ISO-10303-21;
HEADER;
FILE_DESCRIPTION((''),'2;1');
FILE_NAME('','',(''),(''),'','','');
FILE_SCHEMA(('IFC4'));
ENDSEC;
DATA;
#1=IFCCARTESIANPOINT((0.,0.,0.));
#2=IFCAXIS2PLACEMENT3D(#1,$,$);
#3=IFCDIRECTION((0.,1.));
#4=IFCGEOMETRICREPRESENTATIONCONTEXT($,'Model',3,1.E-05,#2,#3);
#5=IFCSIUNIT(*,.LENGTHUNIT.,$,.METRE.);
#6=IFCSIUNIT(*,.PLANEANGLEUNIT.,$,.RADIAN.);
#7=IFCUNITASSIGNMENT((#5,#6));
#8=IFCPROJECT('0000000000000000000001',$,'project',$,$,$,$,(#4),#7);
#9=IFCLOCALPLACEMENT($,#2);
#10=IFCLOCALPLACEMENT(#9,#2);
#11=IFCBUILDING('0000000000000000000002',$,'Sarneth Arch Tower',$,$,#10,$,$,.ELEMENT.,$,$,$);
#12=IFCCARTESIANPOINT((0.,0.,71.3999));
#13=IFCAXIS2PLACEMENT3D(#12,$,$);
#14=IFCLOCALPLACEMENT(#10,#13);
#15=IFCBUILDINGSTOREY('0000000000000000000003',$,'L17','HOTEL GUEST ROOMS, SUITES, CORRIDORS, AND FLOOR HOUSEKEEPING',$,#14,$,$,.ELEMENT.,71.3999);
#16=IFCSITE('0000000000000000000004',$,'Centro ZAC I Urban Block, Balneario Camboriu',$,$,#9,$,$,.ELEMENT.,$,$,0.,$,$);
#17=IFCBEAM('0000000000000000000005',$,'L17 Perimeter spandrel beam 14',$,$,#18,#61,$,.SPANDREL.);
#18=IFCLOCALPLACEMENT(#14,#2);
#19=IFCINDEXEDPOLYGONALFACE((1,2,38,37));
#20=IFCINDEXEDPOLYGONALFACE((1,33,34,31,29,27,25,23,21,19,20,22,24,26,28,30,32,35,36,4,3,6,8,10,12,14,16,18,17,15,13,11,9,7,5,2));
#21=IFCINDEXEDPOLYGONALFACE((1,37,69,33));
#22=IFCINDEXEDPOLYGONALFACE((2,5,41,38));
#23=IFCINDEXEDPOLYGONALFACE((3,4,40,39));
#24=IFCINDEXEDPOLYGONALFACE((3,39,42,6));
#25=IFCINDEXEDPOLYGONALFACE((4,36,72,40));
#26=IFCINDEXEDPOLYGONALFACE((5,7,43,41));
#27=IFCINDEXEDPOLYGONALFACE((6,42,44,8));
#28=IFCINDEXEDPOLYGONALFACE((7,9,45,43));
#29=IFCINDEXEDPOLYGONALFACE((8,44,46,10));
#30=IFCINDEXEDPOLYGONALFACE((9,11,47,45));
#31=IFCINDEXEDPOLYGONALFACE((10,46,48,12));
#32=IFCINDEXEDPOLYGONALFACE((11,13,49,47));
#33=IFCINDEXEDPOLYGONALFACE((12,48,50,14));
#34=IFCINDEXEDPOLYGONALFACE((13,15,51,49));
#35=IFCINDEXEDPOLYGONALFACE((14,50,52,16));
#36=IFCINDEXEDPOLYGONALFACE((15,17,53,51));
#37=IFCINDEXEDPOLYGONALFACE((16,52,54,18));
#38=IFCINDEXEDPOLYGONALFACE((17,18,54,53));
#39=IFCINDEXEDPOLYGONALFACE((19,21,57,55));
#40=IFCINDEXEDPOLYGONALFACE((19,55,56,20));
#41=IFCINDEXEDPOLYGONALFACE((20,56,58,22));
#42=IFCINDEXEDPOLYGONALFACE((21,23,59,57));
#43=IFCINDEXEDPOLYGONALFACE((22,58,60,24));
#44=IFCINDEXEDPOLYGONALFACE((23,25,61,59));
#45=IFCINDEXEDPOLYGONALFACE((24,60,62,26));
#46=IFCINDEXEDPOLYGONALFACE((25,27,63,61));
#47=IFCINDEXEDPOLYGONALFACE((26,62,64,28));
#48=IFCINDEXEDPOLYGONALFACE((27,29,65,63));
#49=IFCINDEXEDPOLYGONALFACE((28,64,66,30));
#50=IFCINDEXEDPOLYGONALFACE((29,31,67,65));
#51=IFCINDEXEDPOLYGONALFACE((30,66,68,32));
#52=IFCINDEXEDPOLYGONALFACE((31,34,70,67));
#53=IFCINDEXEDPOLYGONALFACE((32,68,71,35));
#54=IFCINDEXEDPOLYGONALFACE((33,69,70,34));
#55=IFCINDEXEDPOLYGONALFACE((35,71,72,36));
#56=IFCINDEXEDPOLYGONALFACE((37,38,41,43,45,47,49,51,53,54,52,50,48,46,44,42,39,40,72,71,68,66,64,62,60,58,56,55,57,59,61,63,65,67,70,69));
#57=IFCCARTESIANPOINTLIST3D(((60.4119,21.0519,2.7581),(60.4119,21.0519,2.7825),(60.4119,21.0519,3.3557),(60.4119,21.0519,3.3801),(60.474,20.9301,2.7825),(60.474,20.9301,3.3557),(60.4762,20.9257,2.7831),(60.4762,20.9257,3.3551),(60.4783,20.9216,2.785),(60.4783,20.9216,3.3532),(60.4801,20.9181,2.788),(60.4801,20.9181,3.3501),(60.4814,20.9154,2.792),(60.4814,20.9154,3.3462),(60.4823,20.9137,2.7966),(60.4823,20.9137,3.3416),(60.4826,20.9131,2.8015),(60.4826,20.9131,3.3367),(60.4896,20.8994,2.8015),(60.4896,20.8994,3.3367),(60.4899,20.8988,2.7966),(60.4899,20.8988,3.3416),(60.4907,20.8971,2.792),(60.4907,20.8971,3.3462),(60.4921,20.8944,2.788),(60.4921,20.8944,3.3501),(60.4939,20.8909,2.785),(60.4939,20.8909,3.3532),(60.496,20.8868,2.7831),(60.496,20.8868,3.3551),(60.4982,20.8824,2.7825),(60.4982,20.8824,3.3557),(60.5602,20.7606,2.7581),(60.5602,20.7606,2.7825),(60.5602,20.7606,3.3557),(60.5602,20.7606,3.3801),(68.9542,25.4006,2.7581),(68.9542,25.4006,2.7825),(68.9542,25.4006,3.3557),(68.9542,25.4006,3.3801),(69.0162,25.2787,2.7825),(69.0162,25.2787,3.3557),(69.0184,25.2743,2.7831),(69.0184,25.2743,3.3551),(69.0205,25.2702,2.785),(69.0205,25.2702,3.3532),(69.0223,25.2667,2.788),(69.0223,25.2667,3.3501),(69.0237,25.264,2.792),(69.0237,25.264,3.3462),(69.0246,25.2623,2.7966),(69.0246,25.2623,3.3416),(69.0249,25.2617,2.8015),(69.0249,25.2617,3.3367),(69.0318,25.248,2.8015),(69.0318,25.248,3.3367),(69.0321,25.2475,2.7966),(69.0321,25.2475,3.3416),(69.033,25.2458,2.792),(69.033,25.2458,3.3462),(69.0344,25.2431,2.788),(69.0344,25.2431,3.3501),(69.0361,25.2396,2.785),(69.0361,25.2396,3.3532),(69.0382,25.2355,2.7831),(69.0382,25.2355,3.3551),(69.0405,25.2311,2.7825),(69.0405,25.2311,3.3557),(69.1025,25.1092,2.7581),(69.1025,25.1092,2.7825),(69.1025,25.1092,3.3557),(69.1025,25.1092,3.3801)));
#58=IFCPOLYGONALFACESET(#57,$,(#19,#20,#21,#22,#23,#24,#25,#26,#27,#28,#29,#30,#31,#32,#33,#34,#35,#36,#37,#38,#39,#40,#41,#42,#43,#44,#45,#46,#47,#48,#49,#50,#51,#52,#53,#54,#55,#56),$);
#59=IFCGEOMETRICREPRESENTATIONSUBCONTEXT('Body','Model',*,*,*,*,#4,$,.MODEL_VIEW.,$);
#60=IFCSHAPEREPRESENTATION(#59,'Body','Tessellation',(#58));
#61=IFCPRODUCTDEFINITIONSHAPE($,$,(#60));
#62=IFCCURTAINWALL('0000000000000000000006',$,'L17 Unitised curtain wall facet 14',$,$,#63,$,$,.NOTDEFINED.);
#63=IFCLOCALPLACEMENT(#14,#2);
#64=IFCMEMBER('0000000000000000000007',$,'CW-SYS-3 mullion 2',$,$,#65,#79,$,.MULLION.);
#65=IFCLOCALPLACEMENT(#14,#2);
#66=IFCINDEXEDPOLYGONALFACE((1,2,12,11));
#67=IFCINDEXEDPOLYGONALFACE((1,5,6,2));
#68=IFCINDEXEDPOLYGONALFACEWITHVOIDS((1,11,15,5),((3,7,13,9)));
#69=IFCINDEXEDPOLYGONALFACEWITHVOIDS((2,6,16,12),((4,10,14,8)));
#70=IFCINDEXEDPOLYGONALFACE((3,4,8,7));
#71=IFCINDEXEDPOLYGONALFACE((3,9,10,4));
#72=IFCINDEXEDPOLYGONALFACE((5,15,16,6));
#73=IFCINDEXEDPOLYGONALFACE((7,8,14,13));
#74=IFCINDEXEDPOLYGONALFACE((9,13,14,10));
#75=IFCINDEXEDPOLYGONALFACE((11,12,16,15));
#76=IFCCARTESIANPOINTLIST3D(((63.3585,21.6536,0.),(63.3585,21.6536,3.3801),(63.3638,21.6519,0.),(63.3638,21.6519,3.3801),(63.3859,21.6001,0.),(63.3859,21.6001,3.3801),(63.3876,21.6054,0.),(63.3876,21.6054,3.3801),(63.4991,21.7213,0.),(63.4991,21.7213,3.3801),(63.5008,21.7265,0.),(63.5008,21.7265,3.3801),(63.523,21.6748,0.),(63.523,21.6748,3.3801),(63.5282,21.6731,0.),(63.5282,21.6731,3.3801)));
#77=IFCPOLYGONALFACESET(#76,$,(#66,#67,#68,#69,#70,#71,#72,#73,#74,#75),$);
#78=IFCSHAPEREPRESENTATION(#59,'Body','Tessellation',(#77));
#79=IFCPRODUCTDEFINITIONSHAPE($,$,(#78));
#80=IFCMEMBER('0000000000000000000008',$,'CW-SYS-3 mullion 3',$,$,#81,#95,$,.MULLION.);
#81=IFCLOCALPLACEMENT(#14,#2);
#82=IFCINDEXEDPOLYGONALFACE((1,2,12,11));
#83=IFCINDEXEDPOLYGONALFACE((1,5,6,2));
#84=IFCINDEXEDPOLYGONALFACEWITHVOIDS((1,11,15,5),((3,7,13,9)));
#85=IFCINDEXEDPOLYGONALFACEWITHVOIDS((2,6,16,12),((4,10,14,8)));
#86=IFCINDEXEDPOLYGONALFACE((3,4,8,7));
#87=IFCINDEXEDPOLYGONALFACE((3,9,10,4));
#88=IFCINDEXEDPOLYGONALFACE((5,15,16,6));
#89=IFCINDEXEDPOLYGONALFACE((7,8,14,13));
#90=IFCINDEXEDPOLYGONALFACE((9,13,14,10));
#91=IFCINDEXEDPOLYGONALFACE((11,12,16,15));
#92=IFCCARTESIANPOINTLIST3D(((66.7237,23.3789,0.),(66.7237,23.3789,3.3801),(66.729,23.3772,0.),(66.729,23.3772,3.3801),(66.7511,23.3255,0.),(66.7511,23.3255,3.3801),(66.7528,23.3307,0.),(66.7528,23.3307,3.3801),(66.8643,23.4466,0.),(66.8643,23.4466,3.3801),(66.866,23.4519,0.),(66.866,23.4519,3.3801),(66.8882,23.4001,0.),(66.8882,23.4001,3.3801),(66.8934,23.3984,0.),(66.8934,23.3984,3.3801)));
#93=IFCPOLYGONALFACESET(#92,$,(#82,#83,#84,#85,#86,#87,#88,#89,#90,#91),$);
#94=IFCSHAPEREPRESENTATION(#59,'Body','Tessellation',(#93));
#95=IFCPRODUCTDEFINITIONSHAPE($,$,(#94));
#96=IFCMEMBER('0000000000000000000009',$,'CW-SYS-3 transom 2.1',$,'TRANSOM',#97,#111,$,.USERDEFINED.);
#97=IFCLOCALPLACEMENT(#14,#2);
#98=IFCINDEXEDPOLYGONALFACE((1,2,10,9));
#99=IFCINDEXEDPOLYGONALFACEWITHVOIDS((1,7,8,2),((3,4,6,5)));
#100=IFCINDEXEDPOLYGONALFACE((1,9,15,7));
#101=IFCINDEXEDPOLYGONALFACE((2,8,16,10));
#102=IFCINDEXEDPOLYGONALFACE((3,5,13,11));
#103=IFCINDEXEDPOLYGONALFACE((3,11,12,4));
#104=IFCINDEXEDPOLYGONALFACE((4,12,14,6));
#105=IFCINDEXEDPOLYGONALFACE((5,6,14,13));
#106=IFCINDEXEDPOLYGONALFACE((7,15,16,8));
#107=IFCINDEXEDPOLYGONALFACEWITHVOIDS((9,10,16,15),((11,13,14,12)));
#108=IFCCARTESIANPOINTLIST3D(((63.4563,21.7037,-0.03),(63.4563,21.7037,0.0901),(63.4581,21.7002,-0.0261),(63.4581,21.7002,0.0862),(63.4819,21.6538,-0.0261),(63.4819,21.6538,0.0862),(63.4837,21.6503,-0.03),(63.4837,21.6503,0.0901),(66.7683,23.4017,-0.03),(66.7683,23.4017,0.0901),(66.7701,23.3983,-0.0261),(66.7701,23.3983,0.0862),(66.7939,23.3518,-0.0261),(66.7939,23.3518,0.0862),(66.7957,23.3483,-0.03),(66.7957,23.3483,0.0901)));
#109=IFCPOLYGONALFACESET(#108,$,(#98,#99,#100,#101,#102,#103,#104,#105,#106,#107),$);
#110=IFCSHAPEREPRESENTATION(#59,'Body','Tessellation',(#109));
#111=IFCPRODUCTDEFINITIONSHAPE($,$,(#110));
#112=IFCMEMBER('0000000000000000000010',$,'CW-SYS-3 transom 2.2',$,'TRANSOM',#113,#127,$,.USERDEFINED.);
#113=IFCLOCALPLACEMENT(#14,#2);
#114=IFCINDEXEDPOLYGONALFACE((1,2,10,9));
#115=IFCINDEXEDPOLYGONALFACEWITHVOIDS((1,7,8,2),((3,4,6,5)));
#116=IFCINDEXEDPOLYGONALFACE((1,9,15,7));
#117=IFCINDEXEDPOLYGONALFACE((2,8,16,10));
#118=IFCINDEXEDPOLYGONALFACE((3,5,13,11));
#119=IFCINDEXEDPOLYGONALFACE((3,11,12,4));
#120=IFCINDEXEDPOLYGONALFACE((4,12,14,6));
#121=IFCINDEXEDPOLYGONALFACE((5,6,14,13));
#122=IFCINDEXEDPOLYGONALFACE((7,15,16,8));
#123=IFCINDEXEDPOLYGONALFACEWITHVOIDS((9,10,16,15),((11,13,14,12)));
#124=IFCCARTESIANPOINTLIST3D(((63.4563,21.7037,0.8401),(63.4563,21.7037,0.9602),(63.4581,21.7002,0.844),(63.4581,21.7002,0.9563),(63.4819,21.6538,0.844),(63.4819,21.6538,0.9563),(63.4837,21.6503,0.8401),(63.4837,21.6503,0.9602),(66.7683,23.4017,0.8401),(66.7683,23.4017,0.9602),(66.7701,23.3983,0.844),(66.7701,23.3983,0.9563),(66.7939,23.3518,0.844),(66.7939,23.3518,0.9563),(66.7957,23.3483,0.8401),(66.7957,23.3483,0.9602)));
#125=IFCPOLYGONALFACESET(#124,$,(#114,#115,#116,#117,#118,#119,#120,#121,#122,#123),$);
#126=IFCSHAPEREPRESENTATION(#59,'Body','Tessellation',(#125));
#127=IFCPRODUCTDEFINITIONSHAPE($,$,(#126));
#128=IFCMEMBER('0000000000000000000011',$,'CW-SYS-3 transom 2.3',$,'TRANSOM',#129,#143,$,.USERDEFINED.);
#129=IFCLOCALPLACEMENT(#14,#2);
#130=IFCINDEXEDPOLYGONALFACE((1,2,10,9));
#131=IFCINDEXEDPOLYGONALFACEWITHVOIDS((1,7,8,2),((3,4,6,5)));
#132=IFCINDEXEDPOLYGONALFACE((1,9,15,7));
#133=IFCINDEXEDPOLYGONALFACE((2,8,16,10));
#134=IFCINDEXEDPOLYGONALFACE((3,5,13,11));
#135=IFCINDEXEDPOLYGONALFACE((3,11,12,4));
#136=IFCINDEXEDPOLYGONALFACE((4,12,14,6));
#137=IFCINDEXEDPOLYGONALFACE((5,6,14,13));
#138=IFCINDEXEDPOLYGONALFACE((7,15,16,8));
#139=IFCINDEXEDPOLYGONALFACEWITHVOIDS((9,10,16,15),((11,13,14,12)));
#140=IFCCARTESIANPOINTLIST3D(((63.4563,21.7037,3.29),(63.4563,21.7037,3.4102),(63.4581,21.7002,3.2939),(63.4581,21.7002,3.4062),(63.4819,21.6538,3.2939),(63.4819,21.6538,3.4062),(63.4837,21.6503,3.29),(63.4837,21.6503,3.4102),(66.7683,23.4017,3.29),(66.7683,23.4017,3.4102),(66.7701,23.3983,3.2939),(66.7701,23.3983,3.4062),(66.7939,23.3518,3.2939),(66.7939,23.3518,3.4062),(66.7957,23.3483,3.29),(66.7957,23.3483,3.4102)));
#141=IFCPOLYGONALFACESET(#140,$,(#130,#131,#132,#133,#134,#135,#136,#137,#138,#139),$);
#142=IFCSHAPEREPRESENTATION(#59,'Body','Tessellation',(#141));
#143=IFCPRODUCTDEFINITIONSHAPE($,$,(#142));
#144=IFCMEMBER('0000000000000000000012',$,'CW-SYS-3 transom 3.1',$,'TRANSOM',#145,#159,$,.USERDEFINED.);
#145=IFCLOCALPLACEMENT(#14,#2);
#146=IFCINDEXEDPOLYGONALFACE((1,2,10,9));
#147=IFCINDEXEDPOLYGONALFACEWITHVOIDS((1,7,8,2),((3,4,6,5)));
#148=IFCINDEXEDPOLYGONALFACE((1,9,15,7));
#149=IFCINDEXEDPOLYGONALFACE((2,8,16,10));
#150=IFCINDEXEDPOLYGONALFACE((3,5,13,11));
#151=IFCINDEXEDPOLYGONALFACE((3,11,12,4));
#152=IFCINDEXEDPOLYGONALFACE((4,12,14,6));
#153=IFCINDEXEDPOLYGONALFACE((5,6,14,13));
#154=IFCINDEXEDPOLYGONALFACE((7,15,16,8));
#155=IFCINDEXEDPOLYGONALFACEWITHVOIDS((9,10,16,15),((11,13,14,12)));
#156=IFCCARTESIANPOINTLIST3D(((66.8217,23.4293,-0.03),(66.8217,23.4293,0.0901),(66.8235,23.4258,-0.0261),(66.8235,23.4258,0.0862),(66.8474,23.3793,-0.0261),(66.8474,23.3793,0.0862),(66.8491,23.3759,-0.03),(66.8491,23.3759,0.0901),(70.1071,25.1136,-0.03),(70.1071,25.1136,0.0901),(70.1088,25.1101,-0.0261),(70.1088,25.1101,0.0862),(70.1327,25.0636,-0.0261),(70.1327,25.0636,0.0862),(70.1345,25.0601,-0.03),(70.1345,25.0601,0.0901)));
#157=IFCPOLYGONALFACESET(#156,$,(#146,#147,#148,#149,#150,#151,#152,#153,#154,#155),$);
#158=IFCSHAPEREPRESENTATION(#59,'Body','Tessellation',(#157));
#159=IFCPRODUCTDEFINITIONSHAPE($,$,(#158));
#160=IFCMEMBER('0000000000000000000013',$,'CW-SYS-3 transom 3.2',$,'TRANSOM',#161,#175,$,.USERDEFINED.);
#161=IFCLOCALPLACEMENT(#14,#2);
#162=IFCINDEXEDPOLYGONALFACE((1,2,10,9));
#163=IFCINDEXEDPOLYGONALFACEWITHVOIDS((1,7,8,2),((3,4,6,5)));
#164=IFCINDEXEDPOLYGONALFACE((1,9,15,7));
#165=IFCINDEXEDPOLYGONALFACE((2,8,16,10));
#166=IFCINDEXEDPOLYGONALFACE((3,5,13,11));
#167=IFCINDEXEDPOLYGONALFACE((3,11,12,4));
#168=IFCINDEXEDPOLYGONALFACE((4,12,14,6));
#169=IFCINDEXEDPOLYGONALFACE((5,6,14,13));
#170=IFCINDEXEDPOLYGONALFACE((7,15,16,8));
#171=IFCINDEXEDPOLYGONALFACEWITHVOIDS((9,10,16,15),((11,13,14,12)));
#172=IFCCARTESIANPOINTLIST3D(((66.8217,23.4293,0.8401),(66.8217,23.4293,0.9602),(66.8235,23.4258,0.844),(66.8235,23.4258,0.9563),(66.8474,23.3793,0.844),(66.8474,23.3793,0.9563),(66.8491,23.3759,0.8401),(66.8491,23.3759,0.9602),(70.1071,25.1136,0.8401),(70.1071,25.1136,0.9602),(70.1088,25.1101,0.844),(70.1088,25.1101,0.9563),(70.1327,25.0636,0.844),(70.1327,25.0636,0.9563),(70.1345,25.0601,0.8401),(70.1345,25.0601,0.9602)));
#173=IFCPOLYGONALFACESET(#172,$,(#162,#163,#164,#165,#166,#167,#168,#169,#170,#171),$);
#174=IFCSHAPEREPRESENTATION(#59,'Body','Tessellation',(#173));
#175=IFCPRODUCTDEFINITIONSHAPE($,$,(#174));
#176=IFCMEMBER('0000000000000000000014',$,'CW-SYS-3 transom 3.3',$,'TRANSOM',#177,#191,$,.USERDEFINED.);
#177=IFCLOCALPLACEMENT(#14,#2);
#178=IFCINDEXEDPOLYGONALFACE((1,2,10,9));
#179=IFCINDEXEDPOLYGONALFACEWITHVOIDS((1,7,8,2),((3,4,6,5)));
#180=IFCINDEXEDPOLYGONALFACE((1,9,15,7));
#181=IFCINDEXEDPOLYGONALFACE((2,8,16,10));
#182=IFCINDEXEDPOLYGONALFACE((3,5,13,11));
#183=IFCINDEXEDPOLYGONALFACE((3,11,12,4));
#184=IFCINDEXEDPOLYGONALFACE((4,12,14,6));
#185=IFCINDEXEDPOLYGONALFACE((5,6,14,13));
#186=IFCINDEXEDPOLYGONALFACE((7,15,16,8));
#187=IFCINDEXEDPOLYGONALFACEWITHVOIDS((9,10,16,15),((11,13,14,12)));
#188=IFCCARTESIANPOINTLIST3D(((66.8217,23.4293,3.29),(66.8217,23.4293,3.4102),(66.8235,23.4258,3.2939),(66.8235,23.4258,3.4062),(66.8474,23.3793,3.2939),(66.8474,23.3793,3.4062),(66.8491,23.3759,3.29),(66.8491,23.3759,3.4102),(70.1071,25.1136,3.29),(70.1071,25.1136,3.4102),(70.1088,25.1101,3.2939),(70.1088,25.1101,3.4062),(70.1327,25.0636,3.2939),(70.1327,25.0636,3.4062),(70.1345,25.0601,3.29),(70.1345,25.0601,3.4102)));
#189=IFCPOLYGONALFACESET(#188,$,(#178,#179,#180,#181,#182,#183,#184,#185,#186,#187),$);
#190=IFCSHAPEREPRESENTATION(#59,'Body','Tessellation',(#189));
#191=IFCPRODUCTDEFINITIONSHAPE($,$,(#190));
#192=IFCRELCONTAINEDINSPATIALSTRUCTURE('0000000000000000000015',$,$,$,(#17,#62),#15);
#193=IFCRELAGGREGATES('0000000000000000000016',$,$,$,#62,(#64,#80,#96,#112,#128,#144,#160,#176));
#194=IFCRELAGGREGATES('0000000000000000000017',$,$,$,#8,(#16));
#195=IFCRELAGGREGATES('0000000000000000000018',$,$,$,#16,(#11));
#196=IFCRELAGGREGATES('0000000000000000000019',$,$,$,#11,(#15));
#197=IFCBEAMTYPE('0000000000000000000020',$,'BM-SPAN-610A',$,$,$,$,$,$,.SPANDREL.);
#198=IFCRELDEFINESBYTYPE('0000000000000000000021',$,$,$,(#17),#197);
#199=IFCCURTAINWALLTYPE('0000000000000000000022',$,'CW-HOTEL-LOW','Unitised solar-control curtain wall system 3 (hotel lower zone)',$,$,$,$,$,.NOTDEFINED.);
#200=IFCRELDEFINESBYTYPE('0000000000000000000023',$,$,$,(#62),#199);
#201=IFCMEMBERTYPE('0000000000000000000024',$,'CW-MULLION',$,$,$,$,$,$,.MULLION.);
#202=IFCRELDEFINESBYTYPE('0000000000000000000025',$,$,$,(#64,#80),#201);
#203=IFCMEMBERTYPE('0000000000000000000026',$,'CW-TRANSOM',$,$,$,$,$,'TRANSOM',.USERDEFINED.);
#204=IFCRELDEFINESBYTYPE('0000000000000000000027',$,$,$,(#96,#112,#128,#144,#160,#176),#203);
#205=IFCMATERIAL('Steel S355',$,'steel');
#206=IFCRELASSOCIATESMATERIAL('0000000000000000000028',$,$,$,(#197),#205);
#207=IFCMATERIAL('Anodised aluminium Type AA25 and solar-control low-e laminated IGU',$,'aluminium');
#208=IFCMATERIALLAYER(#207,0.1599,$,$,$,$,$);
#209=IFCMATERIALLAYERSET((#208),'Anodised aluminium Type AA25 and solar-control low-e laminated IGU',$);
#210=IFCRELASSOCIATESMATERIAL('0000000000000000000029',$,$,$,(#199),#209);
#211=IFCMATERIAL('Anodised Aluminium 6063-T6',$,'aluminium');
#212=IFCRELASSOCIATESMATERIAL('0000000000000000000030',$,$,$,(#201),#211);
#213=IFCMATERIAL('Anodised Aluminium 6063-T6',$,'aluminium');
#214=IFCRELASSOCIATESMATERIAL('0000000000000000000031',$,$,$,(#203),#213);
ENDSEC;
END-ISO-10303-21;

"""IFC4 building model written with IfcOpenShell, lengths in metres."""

from ifc_helpers import new_model, si_unit, direction, frame, origin, origin_2d, place, context, subcontext, project, spatial, hollow_rectangle, i_section, extrude, material, layer, layer_set, material_profile, profile_set, type_object, element, aggregate, save


model = new_model("IFC4")

# Units and contexts
model_context = context("Model", 3, precision=1e-05, world=origin(), true_north=direction((0.0, 1.0)))
body_context = subcontext(model_context, "Body", "Model", "MODEL_VIEW")
ifc_project = project(units=[si_unit("LENGTHUNIT", "METRE"), si_unit("PLANEANGLEUNIT", "RADIAN")], contexts=[model_context])

# Site, building, storey
site_placement = place(None, origin())
site = spatial("IfcSite", under=ifc_project, at=site_placement, Name="Centro ZAC I Urban Block, Balneario Camboriu", CompositionType="ELEMENT", RefElevation=0.0)
building_placement = place(site_placement, origin())
building = spatial("IfcBuilding", under=site, at=building_placement, Name="Sarneth Arch Tower", CompositionType="ELEMENT")
storey_placement = place(building_placement, frame((0.0, 0.0, 71.3999)))
storey = spatial("IfcBuildingStorey", under=building, at=storey_placement, Name="L17", Description="HOTEL GUEST ROOMS, SUITES, CORRIDORS, AND FLOOR HOUSEKEEPING", CompositionType="ELEMENT", Elevation=71.3999)

# Beam
ifc_material_1 = material(Name="Steel S355", Category="steel")
ifc_material_profile_1 = material_profile(ifc_material_1, i_section(OverallWidth=0.3269, OverallDepth=0.6221, WebThickness=0.0154, FlangeThickness=0.0244, FilletRadius=0.019, at=origin_2d()), Name="W610x195")
ifc_profile_set_1 = profile_set([ifc_material_profile_1], Name="Steel S355")
beam_type = type_object("IfcBeamType", Name="BM-SPAN-610A", PredefinedType="SPANDREL", material=ifc_profile_set_1)
beam_placement = place(storey_placement, frame((60.4861, 20.9062, 3.0691), z_axis=(0.891169, 0.453671, 0.0), x_axis=(-0.453671, 0.891169, 0.0)))
element("IfcBeam", 1, at=beam_placement, inside=storey, type_object=beam_type, Name="L17 Perimeter spandrel beam 14", PredefinedType="SPANDREL", context=body_context, shape_type="SweptSolid", body=[
    extrude(i_section(OverallWidth=0.3269, OverallDepth=0.6221, WebThickness=0.0154, FlangeThickness=0.0244, FilletRadius=0.019, at=origin_2d()), origin(), (0.0, 0.0, 1.0), 9.5854),
])

# Curtain wall, members
ifc_material_2 = material(Name="Anodised aluminium Type AA25 and solar-control low-e laminated IGU", Category="aluminium")
ifc_layer_1 = layer(ifc_material_2, 0.1599)
ifc_layer_set_1 = layer_set([ifc_layer_1], Name="Anodised aluminium Type AA25 and solar-control low-e laminated IGU")
curtain_wall_type = type_object("IfcCurtainWallType", Name="CW-HOTEL-LOW", Description="Unitised solar-control curtain wall system 3 (hotel lower zone)", PredefinedType="NOTDEFINED", material=ifc_layer_set_1)
curtain_wall_placement = place(storey_placement, origin())
curtain_wall = element("IfcCurtainWall", 2, at=curtain_wall_placement, inside=storey, type_object=curtain_wall_type, Name="L17 Unitised curtain wall facet 14", PredefinedType="NOTDEFINED")
ifc_material_3 = material(Name="Anodised Aluminium 6063-T6", Category="aluminium")
ifc_material_profile_2 = material_profile(ifc_material_3, hollow_rectangle(XDim=0.0601, YDim=0.1599, WallThickness=0.0039, at=origin_2d()), Name="AL-MULL-160x60x4")
ifc_profile_set_2 = profile_set([ifc_material_profile_2], Name="Anodised Aluminium 6063-T6")
member_type_1 = type_object("IfcMemberType", Name="CW-MULLION", PredefinedType="MULLION", material=ifc_profile_set_2)
member_1_placement = place(storey_placement, frame((63.4434, 21.6633, 0.0), z_axis=(0.0, 0.0, 1.0), x_axis=(-0.456245, 0.889854, 0.0)))
member_1 = element("IfcMember", 3, at=member_1_placement, type_object=member_type_1, Name="CW-SYS-3 mullion 2", PredefinedType="MULLION", context=body_context, shape_type="SweptSolid", body=[
    extrude(hollow_rectangle(XDim=0.0601, YDim=0.1599, WallThickness=0.0039, at=origin_2d()), origin(), (0.0, 0.0, 1.0), 3.3801),
])
member_2_placement = place(storey_placement, frame((66.8086, 23.3887, 0.0), z_axis=(0.0, 0.0, 1.0), x_axis=(-0.456245, 0.889854, 0.0)))
member_2 = element("IfcMember", 4, at=member_2_placement, type_object=member_type_1, Name="CW-SYS-3 mullion 3", PredefinedType="MULLION", context=body_context, shape_type="SweptSolid", body=[
    extrude(hollow_rectangle(XDim=0.0601, YDim=0.1599, WallThickness=0.0039, at=origin_2d()), origin(), (0.0, 0.0, 1.0), 3.3801),
])
ifc_material_4 = material(Name="Anodised Aluminium 6063-T6", Category="aluminium")
ifc_material_profile_3 = material_profile(ifc_material_4, hollow_rectangle(XDim=0.0601, YDim=0.1201, WallThickness=0.0039, at=origin_2d()), Name="AL-TRAN-120x60x4")
ifc_profile_set_3 = profile_set([ifc_material_profile_3], Name="Anodised Aluminium 6063-T6")
member_type_2 = type_object("IfcMemberType", Name="CW-TRANSOM", ElementType="TRANSOM", PredefinedType="USERDEFINED", material=ifc_profile_set_3)
member_3_placement = place(storey_placement, frame((63.47, 21.677, 0.03), z_axis=(0.889869, 0.456217, 0.0), x_axis=(-0.456217, 0.889869, 0.0)))
member_3 = element("IfcMember", 5, at=member_3_placement, type_object=member_type_2, Name="CW-SYS-3 transom 2.1", ObjectType="TRANSOM", PredefinedType="USERDEFINED", context=body_context, shape_type="SweptSolid", body=[
    extrude(hollow_rectangle(XDim=0.0601, YDim=0.1201, WallThickness=0.0039, at=origin_2d()), origin(), (0.0, 0.0, 1.0), 3.7219),
])
member_4_placement = place(storey_placement, frame((63.47, 21.677, 0.9001), z_axis=(0.889869, 0.456217, 0.0), x_axis=(-0.456217, 0.889869, 0.0)))
member_4 = element("IfcMember", 6, at=member_4_placement, type_object=member_type_2, Name="CW-SYS-3 transom 2.2", ObjectType="TRANSOM", PredefinedType="USERDEFINED", context=body_context, shape_type="SweptSolid", body=[
    extrude(hollow_rectangle(XDim=0.0601, YDim=0.1201, WallThickness=0.0039, at=origin_2d()), origin(), (0.0, 0.0, 1.0), 3.7219),
])
member_5_placement = place(storey_placement, frame((63.47, 21.677, 3.3501), z_axis=(0.889869, 0.456217, 0.0), x_axis=(-0.456217, 0.889869, 0.0)))
member_5 = element("IfcMember", 7, at=member_5_placement, type_object=member_type_2, Name="CW-SYS-3 transom 2.3", ObjectType="TRANSOM", PredefinedType="USERDEFINED", context=body_context, shape_type="SweptSolid", body=[
    extrude(hollow_rectangle(XDim=0.0601, YDim=0.1201, WallThickness=0.0039, at=origin_2d()), origin(), (0.0, 0.0, 1.0), 3.7219),
])
member_6_placement = place(storey_placement, frame((66.8354, 23.4026, 0.03), z_axis=(0.889872, 0.456211, 0.0), x_axis=(-0.456211, 0.889872, 0.0)))
member_6 = element("IfcMember", 8, at=member_6_placement, type_object=member_type_2, Name="CW-SYS-3 transom 3.1", ObjectType="TRANSOM", PredefinedType="USERDEFINED", context=body_context, shape_type="SweptSolid", body=[
    extrude(hollow_rectangle(XDim=0.0601, YDim=0.1201, WallThickness=0.0039, at=origin_2d()), origin(), (0.0, 0.0, 1.0), 3.6919),
])
member_7_placement = place(storey_placement, frame((66.8354, 23.4026, 0.9001), z_axis=(0.889872, 0.456211, 0.0), x_axis=(-0.456211, 0.889872, 0.0)))
member_7 = element("IfcMember", 9, at=member_7_placement, type_object=member_type_2, Name="CW-SYS-3 transom 3.2", ObjectType="TRANSOM", PredefinedType="USERDEFINED", context=body_context, shape_type="SweptSolid", body=[
    extrude(hollow_rectangle(XDim=0.0601, YDim=0.1201, WallThickness=0.0039, at=origin_2d()), origin(), (0.0, 0.0, 1.0), 3.6919),
])
member_8_placement = place(storey_placement, frame((66.8354, 23.4026, 3.3501), z_axis=(0.889872, 0.456211, 0.0), x_axis=(-0.456211, 0.889872, 0.0)))
member_8 = element("IfcMember", 10, at=member_8_placement, type_object=member_type_2, Name="CW-SYS-3 transom 3.3", ObjectType="TRANSOM", PredefinedType="USERDEFINED", context=body_context, shape_type="SweptSolid", body=[
    extrude(hollow_rectangle(XDim=0.0601, YDim=0.1201, WallThickness=0.0039, at=origin_2d()), origin(), (0.0, 0.0, 1.0), 3.6919),
])
aggregate(curtain_wall, [member_1, member_2, member_3, member_4, member_5, member_6, member_7, member_8])

save(model, "model.ifc")
